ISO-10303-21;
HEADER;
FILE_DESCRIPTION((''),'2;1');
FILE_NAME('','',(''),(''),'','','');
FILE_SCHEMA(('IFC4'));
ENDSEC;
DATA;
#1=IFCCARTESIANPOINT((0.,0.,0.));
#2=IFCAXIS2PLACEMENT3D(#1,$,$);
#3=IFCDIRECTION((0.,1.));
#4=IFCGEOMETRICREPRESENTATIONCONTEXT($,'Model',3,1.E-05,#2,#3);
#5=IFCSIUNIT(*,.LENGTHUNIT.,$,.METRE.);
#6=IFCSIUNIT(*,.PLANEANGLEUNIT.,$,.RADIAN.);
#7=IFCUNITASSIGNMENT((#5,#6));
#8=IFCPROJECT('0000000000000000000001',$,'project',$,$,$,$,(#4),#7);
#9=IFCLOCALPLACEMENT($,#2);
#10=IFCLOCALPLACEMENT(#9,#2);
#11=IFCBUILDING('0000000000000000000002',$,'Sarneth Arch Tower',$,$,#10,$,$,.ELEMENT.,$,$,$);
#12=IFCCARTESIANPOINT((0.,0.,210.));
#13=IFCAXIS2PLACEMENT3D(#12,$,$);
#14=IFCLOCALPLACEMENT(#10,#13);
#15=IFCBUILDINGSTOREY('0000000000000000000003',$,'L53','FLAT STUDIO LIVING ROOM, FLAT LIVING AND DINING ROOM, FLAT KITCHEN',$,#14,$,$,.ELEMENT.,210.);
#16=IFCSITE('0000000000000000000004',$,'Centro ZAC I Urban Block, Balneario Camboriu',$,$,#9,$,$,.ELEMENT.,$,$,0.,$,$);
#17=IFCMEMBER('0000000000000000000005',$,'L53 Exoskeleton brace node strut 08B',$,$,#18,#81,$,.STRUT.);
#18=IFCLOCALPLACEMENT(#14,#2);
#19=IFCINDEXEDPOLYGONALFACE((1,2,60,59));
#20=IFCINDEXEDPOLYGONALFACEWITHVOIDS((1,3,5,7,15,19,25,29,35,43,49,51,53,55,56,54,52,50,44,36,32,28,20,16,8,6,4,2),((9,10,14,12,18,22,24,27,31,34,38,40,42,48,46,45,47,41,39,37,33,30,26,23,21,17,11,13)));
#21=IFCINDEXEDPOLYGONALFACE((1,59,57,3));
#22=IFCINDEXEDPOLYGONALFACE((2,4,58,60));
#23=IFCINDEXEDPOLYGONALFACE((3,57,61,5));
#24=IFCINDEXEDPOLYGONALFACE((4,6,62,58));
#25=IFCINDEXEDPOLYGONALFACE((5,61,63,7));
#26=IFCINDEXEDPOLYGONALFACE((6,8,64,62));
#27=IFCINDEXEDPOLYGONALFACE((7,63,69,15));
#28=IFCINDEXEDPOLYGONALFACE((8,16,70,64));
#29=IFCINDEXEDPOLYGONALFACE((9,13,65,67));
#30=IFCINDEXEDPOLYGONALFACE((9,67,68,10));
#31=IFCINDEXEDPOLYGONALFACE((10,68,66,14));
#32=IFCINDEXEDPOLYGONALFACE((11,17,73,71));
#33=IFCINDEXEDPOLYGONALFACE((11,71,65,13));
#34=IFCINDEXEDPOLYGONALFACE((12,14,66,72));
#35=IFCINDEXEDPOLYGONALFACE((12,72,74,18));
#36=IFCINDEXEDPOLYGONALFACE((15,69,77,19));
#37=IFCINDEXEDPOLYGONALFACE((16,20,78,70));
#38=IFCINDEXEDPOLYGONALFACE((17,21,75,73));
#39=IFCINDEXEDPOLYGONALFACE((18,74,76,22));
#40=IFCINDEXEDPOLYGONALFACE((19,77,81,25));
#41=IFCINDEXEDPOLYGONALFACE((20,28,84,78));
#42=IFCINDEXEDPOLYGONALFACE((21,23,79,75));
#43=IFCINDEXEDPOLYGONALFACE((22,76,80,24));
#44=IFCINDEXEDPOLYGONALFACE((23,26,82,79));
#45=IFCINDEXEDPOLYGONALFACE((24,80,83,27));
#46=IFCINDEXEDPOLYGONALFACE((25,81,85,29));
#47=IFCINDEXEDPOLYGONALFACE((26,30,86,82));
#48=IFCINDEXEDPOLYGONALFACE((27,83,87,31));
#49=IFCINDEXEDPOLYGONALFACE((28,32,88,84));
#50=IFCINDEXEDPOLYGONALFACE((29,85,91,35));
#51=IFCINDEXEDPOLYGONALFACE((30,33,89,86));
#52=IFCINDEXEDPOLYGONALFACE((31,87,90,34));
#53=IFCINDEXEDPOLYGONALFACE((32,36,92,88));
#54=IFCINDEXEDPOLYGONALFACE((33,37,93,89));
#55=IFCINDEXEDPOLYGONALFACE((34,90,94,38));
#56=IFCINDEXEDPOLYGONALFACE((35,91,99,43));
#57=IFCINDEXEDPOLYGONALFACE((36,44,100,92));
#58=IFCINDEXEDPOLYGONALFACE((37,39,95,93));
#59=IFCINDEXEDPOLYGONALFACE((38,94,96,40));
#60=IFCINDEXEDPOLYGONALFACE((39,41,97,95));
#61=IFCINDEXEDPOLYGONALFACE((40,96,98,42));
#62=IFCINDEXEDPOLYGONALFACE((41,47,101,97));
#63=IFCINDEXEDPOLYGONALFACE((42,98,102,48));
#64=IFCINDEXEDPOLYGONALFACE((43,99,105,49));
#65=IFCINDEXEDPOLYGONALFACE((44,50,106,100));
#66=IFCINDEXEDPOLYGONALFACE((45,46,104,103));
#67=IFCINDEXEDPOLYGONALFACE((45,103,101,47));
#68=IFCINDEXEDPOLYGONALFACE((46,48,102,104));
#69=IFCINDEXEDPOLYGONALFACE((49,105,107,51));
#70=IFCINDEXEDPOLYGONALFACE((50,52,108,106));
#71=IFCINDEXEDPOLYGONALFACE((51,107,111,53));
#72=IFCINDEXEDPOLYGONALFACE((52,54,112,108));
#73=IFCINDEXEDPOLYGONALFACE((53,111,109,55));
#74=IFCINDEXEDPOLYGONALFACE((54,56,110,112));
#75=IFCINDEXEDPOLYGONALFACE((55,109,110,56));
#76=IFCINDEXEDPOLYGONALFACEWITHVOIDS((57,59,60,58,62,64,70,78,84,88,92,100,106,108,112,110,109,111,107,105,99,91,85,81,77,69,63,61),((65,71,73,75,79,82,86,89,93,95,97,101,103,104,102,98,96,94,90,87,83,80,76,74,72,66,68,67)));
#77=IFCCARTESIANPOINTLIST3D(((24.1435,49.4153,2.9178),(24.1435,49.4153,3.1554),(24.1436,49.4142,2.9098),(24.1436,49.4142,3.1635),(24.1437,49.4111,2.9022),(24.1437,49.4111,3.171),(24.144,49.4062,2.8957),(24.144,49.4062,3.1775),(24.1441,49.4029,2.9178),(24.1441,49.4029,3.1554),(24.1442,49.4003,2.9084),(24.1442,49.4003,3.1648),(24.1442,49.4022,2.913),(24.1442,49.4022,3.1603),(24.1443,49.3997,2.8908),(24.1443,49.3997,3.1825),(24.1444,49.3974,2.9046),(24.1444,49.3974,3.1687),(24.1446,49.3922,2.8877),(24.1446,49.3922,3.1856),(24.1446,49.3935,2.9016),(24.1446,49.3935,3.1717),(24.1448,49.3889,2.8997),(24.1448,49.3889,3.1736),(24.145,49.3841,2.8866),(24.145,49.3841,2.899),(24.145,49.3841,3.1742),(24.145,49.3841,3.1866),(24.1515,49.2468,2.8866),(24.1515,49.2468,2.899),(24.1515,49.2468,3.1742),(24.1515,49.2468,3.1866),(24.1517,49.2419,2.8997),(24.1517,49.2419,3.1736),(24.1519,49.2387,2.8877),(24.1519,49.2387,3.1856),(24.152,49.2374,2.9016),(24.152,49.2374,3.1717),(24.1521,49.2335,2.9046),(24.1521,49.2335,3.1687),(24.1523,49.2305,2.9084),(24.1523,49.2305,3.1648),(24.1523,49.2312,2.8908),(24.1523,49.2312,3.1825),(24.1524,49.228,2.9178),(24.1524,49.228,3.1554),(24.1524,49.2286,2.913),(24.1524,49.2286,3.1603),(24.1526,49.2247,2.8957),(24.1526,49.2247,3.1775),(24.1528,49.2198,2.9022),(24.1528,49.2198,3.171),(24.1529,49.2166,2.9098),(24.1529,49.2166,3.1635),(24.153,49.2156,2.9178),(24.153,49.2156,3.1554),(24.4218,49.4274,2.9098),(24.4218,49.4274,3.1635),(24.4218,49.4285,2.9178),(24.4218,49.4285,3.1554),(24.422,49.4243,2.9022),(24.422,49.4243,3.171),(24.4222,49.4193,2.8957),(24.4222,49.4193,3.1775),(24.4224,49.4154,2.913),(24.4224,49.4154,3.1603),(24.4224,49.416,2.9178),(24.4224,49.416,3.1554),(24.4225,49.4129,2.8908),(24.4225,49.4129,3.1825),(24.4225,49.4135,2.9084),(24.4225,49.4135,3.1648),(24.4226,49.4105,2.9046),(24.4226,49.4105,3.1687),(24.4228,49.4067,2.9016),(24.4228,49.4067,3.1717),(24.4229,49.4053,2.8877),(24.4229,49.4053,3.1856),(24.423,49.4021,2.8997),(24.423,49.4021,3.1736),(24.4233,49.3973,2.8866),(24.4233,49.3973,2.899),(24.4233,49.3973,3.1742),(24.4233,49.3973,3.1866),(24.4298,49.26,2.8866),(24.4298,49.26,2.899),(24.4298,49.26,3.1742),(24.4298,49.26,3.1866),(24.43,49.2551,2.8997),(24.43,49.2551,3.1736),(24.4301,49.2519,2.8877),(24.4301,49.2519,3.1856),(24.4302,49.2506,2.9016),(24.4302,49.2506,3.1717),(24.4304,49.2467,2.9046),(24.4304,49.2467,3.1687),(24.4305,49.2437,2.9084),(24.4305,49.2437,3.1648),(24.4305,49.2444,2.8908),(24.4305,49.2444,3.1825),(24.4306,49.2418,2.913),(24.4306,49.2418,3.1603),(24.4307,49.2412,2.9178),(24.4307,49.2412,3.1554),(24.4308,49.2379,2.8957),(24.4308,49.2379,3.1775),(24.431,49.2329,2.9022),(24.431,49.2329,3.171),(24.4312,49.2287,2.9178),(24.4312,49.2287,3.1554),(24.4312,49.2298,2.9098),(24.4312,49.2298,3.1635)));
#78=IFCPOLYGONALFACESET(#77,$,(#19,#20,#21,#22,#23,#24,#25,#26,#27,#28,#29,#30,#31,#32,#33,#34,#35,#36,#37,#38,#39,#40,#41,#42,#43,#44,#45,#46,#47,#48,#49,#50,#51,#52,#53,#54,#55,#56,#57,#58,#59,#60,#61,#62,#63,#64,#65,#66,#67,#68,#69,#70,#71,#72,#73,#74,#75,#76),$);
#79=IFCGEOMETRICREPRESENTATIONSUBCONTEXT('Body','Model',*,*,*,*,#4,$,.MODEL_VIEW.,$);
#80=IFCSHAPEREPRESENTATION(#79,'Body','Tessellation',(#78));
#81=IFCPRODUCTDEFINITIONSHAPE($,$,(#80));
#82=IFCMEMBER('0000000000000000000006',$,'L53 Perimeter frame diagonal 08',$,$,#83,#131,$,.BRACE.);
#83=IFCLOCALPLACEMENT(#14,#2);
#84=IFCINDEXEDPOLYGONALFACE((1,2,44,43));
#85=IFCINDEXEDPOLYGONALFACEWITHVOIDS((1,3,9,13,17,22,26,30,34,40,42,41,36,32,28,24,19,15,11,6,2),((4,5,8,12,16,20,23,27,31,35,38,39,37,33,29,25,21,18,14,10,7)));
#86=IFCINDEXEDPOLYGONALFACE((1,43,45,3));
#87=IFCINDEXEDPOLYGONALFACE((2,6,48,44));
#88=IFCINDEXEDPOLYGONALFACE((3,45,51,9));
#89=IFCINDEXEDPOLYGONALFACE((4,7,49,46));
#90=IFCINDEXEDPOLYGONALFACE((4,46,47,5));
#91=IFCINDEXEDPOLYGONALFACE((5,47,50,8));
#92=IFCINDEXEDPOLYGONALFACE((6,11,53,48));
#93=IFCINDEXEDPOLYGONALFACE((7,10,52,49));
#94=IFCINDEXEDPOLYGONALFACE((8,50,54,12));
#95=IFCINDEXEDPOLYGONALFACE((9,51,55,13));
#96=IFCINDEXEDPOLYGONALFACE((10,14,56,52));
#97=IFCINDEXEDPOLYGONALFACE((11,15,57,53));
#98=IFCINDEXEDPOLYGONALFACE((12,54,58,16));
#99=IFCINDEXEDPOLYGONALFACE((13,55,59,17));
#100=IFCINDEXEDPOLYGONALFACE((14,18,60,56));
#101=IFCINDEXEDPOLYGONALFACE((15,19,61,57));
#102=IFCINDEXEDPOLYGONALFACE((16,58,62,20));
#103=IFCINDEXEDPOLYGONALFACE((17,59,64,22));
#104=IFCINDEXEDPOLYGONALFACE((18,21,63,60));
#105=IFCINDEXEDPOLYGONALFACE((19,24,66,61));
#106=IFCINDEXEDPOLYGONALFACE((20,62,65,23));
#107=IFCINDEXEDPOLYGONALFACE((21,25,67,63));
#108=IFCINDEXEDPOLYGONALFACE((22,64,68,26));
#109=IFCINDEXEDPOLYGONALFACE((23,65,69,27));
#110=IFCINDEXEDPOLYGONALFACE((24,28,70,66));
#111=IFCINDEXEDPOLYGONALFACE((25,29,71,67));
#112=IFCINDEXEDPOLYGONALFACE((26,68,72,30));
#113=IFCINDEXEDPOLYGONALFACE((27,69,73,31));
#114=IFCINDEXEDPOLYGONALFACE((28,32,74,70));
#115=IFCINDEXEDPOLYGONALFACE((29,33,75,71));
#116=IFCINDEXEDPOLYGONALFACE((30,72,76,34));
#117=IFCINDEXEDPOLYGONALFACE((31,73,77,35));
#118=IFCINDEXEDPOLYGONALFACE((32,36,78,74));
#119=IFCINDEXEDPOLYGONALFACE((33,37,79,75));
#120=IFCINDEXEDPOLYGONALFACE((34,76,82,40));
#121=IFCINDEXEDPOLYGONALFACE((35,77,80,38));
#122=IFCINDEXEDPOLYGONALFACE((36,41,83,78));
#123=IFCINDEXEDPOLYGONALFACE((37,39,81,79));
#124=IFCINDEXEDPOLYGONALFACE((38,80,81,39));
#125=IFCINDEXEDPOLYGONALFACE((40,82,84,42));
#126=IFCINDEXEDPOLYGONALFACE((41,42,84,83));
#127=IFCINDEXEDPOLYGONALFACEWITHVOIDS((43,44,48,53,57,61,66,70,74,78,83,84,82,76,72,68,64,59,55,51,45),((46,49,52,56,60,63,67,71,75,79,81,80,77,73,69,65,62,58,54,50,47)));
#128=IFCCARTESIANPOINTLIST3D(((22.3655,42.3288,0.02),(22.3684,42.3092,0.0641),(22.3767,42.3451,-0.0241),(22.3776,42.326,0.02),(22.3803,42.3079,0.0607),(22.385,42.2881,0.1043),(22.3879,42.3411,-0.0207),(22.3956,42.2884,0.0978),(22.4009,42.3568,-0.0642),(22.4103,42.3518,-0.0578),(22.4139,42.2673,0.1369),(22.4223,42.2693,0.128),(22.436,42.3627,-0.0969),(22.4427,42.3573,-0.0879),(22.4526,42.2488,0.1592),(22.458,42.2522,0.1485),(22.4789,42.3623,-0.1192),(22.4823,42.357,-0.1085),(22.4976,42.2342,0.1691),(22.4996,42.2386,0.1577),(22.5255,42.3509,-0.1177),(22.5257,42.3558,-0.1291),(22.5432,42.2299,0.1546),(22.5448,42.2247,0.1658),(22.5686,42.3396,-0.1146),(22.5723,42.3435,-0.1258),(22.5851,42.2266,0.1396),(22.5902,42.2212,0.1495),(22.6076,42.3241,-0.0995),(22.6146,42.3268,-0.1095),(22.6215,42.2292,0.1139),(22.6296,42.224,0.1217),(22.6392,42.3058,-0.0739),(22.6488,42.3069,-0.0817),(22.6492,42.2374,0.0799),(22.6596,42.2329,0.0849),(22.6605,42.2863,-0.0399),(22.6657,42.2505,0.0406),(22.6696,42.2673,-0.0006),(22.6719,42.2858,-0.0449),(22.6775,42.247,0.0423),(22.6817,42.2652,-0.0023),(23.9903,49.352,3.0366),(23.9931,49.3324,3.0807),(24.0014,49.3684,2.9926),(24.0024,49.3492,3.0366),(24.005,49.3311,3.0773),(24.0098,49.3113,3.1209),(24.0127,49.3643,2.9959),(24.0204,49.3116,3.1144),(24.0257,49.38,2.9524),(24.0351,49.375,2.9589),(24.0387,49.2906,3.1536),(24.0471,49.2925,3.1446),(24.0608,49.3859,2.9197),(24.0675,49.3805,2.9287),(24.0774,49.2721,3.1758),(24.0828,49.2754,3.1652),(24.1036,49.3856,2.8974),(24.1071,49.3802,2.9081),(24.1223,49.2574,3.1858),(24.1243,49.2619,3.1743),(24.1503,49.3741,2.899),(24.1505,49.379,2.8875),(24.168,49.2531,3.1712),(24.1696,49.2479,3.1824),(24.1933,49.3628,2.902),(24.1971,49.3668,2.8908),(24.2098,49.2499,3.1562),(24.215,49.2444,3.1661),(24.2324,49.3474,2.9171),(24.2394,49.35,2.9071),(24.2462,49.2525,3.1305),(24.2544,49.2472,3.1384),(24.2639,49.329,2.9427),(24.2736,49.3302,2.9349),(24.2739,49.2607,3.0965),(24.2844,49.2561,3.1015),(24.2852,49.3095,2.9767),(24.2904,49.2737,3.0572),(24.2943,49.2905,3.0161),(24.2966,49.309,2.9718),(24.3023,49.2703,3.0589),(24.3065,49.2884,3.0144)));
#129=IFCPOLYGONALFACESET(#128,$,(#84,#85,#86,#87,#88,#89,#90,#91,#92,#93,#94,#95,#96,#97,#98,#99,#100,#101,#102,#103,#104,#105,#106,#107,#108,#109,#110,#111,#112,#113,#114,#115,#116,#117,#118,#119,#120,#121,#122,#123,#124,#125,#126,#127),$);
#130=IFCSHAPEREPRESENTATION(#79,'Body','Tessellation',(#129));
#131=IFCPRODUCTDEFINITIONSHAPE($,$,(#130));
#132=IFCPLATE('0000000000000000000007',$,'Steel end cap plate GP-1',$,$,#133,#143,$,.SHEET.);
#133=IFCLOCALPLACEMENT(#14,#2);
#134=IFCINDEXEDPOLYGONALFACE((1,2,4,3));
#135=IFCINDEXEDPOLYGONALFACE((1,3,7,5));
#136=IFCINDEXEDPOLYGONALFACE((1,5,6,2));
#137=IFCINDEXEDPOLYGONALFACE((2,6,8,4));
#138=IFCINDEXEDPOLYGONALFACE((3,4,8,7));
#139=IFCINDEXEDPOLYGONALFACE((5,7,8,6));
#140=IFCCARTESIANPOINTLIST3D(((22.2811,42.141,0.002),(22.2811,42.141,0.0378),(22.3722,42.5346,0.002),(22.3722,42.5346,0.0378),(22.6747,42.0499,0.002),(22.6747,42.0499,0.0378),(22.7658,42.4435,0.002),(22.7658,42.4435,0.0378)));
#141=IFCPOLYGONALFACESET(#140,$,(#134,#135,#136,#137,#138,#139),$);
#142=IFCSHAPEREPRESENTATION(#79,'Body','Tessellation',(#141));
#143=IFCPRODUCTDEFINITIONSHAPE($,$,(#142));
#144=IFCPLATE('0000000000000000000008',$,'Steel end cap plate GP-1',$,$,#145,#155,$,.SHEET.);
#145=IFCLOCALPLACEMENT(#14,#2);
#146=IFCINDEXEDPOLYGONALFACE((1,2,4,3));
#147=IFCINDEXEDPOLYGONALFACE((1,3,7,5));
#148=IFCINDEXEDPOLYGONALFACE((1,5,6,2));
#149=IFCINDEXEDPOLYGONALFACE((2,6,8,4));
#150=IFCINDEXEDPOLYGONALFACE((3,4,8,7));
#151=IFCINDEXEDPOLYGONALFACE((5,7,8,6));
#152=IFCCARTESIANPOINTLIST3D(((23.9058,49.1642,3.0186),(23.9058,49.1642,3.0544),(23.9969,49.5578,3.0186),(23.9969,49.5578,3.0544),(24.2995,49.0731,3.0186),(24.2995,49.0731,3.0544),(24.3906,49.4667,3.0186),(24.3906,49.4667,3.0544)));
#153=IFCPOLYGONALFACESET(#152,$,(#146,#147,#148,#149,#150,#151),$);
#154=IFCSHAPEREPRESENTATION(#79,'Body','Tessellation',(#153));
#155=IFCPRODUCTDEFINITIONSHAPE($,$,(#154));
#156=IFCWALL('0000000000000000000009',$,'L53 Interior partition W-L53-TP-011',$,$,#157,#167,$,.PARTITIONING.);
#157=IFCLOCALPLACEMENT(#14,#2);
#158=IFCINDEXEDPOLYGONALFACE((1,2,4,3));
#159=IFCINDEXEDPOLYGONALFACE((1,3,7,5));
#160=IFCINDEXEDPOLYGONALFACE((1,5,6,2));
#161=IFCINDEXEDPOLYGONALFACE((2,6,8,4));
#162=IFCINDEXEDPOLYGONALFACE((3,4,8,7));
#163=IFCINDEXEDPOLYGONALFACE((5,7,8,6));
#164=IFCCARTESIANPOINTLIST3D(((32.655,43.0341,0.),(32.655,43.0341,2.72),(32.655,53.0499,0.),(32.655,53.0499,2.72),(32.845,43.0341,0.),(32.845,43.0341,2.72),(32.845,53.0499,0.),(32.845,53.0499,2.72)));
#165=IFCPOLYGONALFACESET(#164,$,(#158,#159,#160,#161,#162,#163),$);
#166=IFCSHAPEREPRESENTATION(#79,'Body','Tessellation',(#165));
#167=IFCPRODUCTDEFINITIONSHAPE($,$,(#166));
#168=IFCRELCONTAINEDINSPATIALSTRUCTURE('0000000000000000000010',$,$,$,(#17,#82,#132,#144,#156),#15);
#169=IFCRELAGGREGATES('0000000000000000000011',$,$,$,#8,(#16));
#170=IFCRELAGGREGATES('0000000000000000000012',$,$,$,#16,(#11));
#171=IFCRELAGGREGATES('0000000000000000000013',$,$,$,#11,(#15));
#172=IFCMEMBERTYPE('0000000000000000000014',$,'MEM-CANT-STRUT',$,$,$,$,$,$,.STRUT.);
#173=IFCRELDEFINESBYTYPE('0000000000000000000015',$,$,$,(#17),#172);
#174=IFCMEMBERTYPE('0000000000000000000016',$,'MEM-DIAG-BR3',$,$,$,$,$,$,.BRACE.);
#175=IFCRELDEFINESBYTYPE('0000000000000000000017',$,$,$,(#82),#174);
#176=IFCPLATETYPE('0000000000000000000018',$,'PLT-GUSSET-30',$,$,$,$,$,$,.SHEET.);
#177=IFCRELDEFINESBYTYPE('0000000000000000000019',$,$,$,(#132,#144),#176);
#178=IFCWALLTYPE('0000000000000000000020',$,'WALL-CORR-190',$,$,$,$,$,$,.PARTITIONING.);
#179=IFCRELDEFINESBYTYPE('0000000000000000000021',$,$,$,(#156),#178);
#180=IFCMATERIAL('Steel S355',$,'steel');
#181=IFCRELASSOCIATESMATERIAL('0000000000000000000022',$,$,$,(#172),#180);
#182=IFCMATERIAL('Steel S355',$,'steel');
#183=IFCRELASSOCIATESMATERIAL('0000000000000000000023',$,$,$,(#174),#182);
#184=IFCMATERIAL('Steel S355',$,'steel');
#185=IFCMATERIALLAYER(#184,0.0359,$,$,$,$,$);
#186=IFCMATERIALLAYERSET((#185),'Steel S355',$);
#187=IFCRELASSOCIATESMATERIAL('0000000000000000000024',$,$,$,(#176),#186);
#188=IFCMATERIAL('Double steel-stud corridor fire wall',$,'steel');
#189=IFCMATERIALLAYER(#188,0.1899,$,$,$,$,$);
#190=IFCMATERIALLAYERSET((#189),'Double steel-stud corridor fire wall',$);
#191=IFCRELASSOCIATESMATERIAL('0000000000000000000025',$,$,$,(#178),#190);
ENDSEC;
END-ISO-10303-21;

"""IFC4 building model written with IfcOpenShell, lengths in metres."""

from ifc_helpers import new_model, si_unit, direction, frame, frame_2d, origin, origin_2d, place, context, subcontext, project, spatial, rectangle, hollow_rectangle, hollow_circle, extrude, material, layer, layer_set, material_profile, profile_set, type_object, element, save


model = new_model("IFC4")

# Units and contexts
model_context = context("Model", 3, precision=1e-05, world=origin(), true_north=direction((0.0, 1.0)))
body_context = subcontext(model_context, "Body", "Model", "MODEL_VIEW")
ifc_project = project(units=[si_unit("LENGTHUNIT", "METRE"), si_unit("PLANEANGLEUNIT", "RADIAN")], contexts=[model_context])

# Site, building, storey
site_placement = place(None, origin())
site = spatial("IfcSite", under=ifc_project, at=site_placement, Name="Centro ZAC I Urban Block, Balneario Camboriu", CompositionType="ELEMENT", RefElevation=0.0)
building_placement = place(site_placement, origin())
building = spatial("IfcBuilding", under=site, at=building_placement, Name="Sarneth Arch Tower", CompositionType="ELEMENT")
storey_placement = place(building_placement, frame((0.0, 0.0, 210.0)))
storey = spatial("IfcBuildingStorey", under=building, at=storey_placement, Name="L53", Description="FLAT STUDIO LIVING ROOM, FLAT LIVING AND DINING ROOM, FLAT KITCHEN", CompositionType="ELEMENT", Elevation=210.0)

# Members
ifc_material_1 = material(Name="Steel S355", Category="steel")
ifc_material_profile_1 = material_profile(ifc_material_1, hollow_rectangle(XDim=0.2, YDim=0.3, WallThickness=0.0125, InnerFilletRadius=0.0188, OuterFilletRadius=0.0312, at=origin_2d()), Name="RHS300x200x12.5")
ifc_profile_set_1 = profile_set([ifc_material_profile_1], Name="Steel S355")
member_type_1 = type_object("IfcMemberType", Name="MEM-CANT-STRUT", PredefinedType="STRUT", material=ifc_profile_set_1)
member_1_placement = place(storey_placement, frame((24.4265, 49.3286, 3.0366), z_axis=(-0.99888, -0.047315, 0.0), x_axis=(0.047315, -0.99888, 0.0)))
element("IfcMember", 1, at=member_1_placement, inside=storey, type_object=member_type_1, Name="L53 Exoskeleton brace node strut 08B", PredefinedType="STRUT", context=body_context, shape_type="SweptSolid", body=[
    extrude(hollow_rectangle(XDim=0.2, YDim=0.3, WallThickness=0.0125, InnerFilletRadius=0.0188, OuterFilletRadius=0.0312, at=origin_2d()), origin(), (0.0, 0.0, 1.0), 0.2786),
])
ifc_material_2 = material(Name="Steel S355", Category="steel")
ifc_material_profile_2 = material_profile(ifc_material_2, hollow_circle(Radius=0.1621, WallThickness=0.0125, at=origin_2d()), Name="CHS324x12.5")
ifc_profile_set_2 = profile_set([ifc_material_profile_2], Name="Steel S355")
member_type_2 = type_object("IfcMemberType", Name="MEM-DIAG-BR3", PredefinedType="BRACE", material=ifc_profile_set_2)
member_2_placement = place(storey_placement, frame((22.5234, 42.2922, 0.02), z_axis=(0.207918, 0.898749, 0.386031), x_axis=(-0.974269, 0.225389, 0.0)))
element("IfcMember", 2, at=member_2_placement, inside=storey, type_object=member_type_2, Name="L53 Perimeter frame diagonal 08", PredefinedType="BRACE", context=body_context, shape_type="SweptSolid", body=[
    extrude(hollow_circle(Radius=0.1621, WallThickness=0.0125, at=origin_2d()), origin(), (0.0, 0.0, 1.0), 7.8145),
])

# Plates
ifc_material_3 = material(Name="Steel S355", Category="steel")
ifc_layer_1 = layer(ifc_material_3, 0.0359)
ifc_layer_set_1 = layer_set([ifc_layer_1], Name="Steel S355")
plate_type = type_object("IfcPlateType", Name="PLT-GUSSET-30", PredefinedType="SHEET", material=ifc_layer_set_1)
for number, where, z_axis, x_axis, name in (
    (3, (22.5234, 42.2922, 0.002), (0.0, 0.0, 1.0), (-0.225461, -0.974252, 0.0), "Steel end cap plate GP-1"),
    (4, (24.1482, 49.3154, 3.0186), (0.0, 0.0, 1.0), (-0.225461, -0.974252, 0.0), "Steel end cap plate GP-1"),
):
    element("IfcPlate", number, at=place(storey_placement, frame(where, z_axis=z_axis, x_axis=x_axis)), inside=storey, type_object=plate_type, Name=name, PredefinedType="SHEET", context=body_context, shape_type="SweptSolid", body=[
        extrude(rectangle(XDim=0.4041, YDim=0.4041, at=origin_2d()), origin(), (0.0, 0.0, 1.0), 0.0359),
    ])

# Wall
ifc_material_4 = material(Name="Double steel-stud corridor fire wall", Category="steel")
ifc_layer_2 = layer(ifc_material_4, 0.1899)
ifc_layer_set_2 = layer_set([ifc_layer_2], Name="Double steel-stud corridor fire wall")
wall_type_1 = type_object("IfcWallType", Name="WALL-CORR-190", PredefinedType="PARTITIONING", material=ifc_layer_set_2)
wall_1_placement = place(storey_placement, frame((32.75, 43.0342, 0.0), z_axis=(0.0, 0.0, 1.0), x_axis=(0.0, 1.0, 0.0)))
element("IfcWall", 5, at=wall_1_placement, inside=storey, type_object=wall_type_1, Name="L53 Interior partition W-L53-TP-011", PredefinedType="PARTITIONING", context=body_context, shape_type="SweptSolid", body=[
    extrude(rectangle(XDim=10.0159, YDim=0.1899, at=frame_2d((5.0078, 0.0))), origin(), (0.0, 0.0, 1.0), 2.72),
])

save(model, "model.ifc")
